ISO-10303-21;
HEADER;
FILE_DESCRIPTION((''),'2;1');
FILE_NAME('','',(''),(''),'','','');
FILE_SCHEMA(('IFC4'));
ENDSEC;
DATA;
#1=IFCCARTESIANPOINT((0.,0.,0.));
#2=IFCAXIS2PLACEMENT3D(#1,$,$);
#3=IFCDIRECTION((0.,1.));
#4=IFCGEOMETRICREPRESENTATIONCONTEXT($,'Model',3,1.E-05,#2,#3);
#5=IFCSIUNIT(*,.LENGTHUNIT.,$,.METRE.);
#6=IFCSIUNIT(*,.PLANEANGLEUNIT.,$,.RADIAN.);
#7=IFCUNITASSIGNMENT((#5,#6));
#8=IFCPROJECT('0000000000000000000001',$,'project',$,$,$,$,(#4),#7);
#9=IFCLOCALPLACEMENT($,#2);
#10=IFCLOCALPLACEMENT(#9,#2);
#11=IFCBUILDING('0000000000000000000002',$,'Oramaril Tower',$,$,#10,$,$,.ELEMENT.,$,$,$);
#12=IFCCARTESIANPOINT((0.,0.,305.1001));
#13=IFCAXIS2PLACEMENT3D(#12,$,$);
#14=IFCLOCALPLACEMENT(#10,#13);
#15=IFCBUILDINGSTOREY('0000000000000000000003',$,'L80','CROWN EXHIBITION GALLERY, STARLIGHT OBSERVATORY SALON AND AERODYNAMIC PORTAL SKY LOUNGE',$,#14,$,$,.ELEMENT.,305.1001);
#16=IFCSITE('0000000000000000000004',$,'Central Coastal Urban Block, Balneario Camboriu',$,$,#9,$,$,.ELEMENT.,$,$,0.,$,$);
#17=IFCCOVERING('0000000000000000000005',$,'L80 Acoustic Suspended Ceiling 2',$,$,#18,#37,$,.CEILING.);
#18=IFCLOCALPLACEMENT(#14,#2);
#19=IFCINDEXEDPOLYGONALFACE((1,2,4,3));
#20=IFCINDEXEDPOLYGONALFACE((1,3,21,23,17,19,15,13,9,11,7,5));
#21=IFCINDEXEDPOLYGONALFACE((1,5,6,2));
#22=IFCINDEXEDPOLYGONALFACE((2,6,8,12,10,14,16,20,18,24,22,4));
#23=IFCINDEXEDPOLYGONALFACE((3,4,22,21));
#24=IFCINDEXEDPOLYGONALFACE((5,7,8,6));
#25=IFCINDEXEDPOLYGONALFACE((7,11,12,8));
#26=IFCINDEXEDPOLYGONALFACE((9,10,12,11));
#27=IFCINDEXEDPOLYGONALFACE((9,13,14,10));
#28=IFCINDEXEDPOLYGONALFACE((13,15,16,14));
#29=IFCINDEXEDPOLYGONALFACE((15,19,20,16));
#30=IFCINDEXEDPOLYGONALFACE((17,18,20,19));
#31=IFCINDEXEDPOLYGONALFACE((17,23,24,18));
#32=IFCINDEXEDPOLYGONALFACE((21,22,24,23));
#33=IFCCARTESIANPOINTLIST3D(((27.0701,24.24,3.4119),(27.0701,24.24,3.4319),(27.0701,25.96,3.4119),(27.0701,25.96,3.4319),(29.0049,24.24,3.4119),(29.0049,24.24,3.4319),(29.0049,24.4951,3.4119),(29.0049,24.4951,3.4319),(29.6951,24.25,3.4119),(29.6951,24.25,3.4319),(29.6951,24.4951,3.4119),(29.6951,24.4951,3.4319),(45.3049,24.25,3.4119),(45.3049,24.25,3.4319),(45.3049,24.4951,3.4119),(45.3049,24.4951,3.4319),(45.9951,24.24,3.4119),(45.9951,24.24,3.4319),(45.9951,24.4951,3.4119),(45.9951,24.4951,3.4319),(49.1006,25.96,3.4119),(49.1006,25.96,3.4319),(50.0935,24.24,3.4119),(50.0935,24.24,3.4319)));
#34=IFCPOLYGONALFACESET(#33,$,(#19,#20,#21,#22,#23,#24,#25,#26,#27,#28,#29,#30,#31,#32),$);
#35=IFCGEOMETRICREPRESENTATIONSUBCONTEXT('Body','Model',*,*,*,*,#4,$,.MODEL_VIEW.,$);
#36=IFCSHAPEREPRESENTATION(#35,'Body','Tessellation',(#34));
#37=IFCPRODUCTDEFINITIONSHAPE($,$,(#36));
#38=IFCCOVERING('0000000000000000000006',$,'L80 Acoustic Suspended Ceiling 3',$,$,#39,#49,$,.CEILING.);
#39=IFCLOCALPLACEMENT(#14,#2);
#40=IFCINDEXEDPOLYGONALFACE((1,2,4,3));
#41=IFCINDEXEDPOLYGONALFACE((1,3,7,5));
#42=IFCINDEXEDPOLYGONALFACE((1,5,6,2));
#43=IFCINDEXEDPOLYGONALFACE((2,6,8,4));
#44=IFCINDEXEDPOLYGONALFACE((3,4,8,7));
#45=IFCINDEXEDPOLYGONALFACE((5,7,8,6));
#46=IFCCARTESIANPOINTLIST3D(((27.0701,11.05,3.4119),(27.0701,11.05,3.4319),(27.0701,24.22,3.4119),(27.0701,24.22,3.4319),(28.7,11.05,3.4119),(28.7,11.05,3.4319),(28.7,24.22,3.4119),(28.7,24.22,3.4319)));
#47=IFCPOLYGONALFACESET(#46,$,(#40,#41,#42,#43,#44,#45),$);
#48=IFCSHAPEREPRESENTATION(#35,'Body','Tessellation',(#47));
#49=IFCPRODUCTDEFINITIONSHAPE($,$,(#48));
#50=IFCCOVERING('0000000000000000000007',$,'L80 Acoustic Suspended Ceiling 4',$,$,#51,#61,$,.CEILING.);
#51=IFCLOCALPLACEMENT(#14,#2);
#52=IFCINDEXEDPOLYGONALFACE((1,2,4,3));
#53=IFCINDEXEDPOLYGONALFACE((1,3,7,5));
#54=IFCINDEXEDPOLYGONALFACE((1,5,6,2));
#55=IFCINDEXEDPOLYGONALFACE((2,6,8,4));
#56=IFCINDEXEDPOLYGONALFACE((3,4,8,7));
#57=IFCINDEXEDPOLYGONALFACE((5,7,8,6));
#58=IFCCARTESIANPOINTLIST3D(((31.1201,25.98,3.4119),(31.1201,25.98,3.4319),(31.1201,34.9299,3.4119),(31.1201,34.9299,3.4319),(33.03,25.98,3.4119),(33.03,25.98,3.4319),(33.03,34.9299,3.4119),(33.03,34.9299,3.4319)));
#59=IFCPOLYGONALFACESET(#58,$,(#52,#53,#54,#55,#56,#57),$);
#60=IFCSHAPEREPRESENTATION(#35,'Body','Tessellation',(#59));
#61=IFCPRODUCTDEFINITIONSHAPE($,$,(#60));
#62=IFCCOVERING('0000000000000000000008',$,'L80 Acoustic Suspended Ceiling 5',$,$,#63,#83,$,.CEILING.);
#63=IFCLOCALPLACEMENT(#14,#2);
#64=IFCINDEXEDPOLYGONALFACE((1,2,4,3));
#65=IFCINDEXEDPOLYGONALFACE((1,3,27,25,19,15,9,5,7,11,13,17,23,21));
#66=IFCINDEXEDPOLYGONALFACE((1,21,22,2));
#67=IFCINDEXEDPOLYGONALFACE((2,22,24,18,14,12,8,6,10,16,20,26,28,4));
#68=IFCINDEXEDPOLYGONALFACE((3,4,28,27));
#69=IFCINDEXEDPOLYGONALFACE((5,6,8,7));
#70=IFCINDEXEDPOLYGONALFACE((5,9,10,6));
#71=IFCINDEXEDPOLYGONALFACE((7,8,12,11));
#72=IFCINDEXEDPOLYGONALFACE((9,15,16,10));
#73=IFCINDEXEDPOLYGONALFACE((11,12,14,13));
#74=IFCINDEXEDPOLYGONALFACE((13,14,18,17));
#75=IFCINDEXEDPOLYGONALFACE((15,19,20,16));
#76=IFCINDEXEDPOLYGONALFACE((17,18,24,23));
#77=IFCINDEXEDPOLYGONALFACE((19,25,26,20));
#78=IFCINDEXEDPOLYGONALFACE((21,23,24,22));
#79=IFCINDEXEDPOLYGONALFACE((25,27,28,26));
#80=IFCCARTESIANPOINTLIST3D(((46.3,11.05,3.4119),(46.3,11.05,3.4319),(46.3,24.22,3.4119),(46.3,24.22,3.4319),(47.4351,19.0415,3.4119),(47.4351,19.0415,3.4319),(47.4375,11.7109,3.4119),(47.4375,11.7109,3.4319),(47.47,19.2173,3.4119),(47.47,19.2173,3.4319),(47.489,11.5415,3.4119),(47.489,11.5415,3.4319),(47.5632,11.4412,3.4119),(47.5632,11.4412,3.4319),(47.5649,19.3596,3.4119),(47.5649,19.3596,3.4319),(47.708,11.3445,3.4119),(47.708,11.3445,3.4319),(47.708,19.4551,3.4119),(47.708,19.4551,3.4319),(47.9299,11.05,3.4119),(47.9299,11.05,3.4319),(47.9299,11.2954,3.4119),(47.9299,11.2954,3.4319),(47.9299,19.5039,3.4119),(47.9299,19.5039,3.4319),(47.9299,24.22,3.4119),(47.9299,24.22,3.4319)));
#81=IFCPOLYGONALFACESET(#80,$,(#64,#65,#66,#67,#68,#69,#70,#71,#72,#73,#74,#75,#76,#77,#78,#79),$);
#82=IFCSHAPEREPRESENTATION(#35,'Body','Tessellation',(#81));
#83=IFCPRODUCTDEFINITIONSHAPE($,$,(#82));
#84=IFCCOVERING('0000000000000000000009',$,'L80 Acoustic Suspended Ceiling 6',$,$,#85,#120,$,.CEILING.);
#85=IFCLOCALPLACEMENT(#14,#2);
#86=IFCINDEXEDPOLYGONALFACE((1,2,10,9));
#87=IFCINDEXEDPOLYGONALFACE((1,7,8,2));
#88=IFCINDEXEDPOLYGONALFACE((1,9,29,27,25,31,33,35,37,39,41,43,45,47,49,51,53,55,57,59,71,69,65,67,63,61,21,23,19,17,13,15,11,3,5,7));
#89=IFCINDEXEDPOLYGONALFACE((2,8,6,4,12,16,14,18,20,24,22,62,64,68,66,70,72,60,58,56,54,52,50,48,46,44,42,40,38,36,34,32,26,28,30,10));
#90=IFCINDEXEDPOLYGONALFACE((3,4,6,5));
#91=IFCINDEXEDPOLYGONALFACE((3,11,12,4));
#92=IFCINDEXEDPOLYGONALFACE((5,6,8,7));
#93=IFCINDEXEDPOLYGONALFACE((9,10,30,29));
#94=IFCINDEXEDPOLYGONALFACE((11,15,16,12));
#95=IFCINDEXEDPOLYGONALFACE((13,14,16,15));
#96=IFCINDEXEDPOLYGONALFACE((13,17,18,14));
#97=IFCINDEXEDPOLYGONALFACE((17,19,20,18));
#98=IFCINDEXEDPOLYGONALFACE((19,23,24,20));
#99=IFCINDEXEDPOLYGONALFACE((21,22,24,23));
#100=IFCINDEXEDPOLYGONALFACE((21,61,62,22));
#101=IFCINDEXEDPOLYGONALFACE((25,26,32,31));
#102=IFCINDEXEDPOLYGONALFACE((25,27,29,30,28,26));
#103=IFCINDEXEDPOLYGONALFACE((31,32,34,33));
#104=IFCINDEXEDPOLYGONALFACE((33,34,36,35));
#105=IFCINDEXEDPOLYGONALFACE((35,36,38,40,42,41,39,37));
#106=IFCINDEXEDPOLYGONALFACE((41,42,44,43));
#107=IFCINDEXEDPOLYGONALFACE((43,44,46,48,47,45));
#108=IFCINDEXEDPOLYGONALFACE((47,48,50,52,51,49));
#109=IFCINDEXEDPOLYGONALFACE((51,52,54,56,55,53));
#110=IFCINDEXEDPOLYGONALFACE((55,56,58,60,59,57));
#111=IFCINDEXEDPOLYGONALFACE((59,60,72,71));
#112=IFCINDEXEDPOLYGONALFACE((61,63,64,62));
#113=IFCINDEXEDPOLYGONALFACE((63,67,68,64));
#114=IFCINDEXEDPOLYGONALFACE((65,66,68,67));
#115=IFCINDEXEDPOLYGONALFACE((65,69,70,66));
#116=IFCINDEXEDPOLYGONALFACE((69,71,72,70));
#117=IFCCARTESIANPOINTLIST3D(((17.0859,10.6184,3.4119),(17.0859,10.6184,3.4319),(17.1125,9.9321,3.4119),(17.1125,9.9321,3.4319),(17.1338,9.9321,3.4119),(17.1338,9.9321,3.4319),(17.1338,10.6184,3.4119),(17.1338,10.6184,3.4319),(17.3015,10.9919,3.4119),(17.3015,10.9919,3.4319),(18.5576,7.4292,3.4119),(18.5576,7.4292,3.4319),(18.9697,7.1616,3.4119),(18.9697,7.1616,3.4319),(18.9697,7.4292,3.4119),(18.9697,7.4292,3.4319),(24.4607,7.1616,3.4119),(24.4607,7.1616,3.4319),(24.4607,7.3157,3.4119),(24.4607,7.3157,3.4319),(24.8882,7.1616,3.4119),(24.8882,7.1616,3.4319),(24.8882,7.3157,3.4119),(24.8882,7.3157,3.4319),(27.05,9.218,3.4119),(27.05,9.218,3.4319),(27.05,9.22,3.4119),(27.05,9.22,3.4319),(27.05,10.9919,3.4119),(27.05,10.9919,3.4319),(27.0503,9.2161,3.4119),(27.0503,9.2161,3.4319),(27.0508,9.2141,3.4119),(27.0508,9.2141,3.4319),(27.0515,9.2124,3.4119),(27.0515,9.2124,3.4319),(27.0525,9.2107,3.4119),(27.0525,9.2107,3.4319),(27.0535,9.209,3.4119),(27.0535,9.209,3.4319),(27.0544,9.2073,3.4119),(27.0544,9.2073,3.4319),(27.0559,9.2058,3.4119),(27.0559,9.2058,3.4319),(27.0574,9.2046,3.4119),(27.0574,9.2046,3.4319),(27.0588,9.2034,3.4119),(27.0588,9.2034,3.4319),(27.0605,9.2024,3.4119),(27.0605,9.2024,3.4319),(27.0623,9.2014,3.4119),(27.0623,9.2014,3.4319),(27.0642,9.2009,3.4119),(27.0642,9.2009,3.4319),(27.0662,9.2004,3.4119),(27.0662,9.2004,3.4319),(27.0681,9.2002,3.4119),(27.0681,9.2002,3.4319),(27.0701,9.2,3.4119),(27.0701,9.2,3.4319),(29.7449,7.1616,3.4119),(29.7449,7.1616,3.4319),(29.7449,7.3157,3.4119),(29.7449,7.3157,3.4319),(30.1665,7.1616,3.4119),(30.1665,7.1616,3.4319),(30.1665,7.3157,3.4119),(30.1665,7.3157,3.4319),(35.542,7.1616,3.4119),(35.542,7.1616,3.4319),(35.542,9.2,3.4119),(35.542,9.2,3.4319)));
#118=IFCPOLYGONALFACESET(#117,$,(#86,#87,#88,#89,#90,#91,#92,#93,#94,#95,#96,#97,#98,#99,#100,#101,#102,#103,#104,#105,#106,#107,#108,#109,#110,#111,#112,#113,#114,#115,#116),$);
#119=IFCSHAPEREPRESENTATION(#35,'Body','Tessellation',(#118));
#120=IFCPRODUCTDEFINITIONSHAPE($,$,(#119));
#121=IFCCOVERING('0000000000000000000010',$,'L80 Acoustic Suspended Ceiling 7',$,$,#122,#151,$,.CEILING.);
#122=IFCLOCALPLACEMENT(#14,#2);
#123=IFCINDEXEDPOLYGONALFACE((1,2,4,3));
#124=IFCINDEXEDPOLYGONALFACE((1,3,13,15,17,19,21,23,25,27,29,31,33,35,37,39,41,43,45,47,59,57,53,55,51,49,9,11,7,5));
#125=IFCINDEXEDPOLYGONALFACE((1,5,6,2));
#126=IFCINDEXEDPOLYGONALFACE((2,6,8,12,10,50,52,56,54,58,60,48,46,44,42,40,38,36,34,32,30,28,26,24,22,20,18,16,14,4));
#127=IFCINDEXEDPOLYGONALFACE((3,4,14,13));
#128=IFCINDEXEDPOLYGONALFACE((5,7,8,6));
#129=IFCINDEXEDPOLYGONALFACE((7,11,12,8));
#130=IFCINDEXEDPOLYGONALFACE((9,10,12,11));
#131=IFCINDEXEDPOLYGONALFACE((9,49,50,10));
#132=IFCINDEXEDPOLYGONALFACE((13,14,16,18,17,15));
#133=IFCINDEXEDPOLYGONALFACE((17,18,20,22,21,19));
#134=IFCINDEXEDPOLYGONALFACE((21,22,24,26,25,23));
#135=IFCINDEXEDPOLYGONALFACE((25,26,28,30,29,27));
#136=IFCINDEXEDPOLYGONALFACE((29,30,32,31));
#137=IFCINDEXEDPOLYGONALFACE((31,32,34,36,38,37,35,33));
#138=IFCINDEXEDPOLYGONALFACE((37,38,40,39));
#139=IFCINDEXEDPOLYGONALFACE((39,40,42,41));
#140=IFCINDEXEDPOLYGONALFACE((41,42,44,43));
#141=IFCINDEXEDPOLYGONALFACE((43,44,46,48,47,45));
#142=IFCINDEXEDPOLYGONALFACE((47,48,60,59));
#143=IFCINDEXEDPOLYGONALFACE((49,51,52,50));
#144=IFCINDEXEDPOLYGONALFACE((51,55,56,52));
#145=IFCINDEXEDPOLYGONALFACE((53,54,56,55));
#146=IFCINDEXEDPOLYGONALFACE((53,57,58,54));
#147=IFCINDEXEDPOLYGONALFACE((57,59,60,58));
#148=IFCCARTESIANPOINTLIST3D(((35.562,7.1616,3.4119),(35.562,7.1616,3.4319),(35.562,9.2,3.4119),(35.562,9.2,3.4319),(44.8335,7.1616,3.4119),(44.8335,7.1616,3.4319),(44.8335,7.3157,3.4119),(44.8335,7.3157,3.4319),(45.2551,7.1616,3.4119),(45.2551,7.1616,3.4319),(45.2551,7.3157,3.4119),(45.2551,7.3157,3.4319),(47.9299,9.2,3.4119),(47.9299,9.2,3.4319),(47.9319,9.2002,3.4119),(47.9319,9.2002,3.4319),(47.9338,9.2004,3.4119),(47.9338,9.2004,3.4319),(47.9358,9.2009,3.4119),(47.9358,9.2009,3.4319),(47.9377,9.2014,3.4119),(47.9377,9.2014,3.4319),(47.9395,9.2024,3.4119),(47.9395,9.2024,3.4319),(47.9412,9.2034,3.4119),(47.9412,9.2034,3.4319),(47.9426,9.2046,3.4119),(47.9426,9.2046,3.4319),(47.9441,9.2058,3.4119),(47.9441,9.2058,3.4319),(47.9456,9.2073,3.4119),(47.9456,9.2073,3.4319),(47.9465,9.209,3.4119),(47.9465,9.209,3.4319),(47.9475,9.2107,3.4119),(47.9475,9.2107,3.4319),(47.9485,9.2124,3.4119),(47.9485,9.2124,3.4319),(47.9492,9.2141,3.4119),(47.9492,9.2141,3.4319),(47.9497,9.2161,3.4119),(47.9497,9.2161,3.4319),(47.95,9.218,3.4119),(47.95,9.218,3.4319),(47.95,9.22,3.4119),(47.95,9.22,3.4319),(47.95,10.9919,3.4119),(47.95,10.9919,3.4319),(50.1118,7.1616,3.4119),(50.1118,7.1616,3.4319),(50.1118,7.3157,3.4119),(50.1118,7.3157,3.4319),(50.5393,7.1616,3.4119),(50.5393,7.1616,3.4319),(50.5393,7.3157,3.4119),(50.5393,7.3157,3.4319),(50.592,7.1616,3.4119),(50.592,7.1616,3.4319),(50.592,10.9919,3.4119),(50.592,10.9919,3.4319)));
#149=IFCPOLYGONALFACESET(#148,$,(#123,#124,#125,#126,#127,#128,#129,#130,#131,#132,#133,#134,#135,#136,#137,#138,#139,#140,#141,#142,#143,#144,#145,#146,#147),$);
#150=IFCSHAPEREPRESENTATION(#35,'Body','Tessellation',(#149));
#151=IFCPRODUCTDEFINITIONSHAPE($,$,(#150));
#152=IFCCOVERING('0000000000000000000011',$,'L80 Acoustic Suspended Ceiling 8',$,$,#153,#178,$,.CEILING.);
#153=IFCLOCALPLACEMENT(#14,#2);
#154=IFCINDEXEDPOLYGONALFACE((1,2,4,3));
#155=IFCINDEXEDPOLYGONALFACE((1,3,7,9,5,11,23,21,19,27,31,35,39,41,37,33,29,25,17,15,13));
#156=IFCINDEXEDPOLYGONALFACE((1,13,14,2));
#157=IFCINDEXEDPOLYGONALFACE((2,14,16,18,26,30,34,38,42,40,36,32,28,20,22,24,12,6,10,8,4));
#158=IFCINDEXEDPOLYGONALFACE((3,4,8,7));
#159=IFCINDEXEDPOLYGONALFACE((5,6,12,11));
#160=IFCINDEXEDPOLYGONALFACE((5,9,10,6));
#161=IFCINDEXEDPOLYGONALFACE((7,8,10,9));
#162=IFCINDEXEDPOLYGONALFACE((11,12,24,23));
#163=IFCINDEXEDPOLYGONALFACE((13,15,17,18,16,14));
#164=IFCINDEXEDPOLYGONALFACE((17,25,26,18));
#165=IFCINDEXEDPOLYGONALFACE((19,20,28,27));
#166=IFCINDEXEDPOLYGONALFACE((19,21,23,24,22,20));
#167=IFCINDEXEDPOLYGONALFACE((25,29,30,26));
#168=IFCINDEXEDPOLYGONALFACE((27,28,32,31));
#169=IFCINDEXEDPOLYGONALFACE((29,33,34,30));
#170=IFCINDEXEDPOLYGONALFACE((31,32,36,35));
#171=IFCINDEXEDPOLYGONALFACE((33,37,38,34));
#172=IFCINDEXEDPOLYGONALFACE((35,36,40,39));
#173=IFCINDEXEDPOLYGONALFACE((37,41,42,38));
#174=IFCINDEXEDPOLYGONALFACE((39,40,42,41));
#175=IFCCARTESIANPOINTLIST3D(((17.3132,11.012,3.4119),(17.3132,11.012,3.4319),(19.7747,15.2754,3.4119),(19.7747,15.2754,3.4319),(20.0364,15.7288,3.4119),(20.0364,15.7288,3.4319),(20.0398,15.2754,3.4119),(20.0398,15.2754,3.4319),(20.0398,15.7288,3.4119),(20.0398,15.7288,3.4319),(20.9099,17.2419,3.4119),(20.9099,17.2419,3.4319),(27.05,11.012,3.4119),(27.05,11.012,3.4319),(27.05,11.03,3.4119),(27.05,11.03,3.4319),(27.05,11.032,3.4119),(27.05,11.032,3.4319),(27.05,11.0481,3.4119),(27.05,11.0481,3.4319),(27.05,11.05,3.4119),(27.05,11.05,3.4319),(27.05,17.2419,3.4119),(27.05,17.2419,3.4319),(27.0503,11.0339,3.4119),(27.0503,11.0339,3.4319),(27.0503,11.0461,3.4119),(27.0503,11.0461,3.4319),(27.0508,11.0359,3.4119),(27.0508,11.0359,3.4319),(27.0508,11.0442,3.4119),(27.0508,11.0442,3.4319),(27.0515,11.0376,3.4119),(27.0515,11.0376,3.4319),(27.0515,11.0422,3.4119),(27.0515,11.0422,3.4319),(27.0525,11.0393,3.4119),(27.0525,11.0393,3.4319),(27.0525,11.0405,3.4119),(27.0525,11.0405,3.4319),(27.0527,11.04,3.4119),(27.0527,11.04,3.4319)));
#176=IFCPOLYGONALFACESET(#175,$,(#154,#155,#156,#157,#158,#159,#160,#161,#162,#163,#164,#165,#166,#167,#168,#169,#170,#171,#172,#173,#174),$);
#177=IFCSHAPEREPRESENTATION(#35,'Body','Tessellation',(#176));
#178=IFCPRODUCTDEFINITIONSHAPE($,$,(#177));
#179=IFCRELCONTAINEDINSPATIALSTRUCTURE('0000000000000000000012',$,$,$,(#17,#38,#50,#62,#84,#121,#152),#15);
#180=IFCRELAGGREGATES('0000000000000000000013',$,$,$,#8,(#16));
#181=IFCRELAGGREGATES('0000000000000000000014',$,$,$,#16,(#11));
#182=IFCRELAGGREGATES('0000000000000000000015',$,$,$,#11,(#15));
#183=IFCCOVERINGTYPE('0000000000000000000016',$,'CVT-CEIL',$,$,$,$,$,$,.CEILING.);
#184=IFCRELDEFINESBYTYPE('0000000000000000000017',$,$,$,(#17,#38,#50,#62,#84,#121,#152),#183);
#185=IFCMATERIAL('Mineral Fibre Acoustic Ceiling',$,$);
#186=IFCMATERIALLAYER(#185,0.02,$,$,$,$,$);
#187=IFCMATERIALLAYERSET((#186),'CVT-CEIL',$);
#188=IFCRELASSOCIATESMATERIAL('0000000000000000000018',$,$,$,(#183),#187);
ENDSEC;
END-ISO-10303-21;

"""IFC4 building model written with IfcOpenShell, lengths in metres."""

from ifc_helpers import new_model, si_unit, direction, frame, origin, place, context, subcontext, project, spatial, polyline, outline, extrude, material, layer, layer_set, type_object, element, save


model = new_model("IFC4")

# Units and contexts
model_context = context("Model", 3, precision=1e-05, world=origin(), true_north=direction((0.0, 1.0)))
body_context = subcontext(model_context, "Body", "Model", "MODEL_VIEW")
ifc_project = project(units=[si_unit("LENGTHUNIT", "METRE"), si_unit("PLANEANGLEUNIT", "RADIAN")], contexts=[model_context])

# Site, building, storey
site_placement = place(None, origin())
site = spatial("IfcSite", under=ifc_project, at=site_placement, Name="Central Coastal Urban Block, Balneario Camboriu", CompositionType="ELEMENT", RefElevation=0.0)
building_placement = place(site_placement, origin())
building = spatial("IfcBuilding", under=site, at=building_placement, Name="Oramaril Tower", CompositionType="ELEMENT")
storey_placement = place(building_placement, frame((0.0, 0.0, 305.1001)))
storey = spatial("IfcBuildingStorey", under=building, at=storey_placement, Name="L80", Description="CROWN EXHIBITION GALLERY, STARLIGHT OBSERVATORY SALON AND AERODYNAMIC PORTAL SKY LOUNGE", CompositionType="ELEMENT", Elevation=305.1001)

# Coverings
ifc_material_1 = material(Name="Mineral Fibre Acoustic Ceiling")
ifc_layer_1 = layer(ifc_material_1, 0.02)
ifc_layer_set_1 = layer_set([ifc_layer_1], Name="CVT-CEIL")
covering_type_1 = type_object("IfcCoveringType", Name="CVT-CEIL", PredefinedType="CEILING", material=ifc_layer_set_1)
covering_1_placement = place(storey_placement, frame((0.0, 0.0, 3.4119)))
element("IfcCovering", 1, at=covering_1_placement, inside=storey, type_object=covering_type_1, Name="L80 Acoustic Suspended Ceiling 2", PredefinedType="CEILING", context=body_context, shape_type="SweptSolid", body=[
    extrude(outline(polyline([(27.0701, 25.96), (49.1006, 25.96), (50.0935, 24.24), (45.9951, 24.24), (45.9951, 24.4951), (45.3049, 24.4951), (45.3049, 24.25), (29.6951, 24.25), (29.6951, 24.4951), (29.0049, 24.4951), (29.0049, 24.24), (27.0701, 24.24), (27.0701, 25.96)])), origin(), (0.0, 0.0, 1.0), 0.02),
])
covering_2_placement = place(storey_placement, frame((0.0, 0.0, 3.4119)))
element("IfcCovering", 2, at=covering_2_placement, inside=storey, type_object=covering_type_1, Name="L80 Acoustic Suspended Ceiling 3", PredefinedType="CEILING", context=body_context, shape_type="SweptSolid", body=[
    extrude(outline(polyline([(28.7, 11.05), (27.0701, 11.05), (27.0701, 24.22), (28.7, 24.22), (28.7, 11.05)])), origin(), (0.0, 0.0, 1.0), 0.02),
])
covering_3_placement = place(storey_placement, frame((0.0, 0.0, 3.4119)))
element("IfcCovering", 3, at=covering_3_placement, inside=storey, type_object=covering_type_1, Name="L80 Acoustic Suspended Ceiling 4", PredefinedType="CEILING", context=body_context, shape_type="SweptSolid", body=[
    extrude(outline(polyline([(33.03, 34.9299), (33.03, 25.98), (31.1201, 25.98), (31.1201, 34.9299), (33.03, 34.9299)])), origin(), (0.0, 0.0, 1.0), 0.02),
])
covering_4_placement = place(storey_placement, frame((0.0, 0.0, 3.4119)))
element("IfcCovering", 4, at=covering_4_placement, inside=storey, type_object=covering_type_1, Name="L80 Acoustic Suspended Ceiling 5", PredefinedType="CEILING", context=body_context, shape_type="SweptSolid", body=[
    extrude(outline(polyline([(47.9299, 19.5039), (47.708, 19.4551), (47.5649, 19.3596), (47.47, 19.2173), (47.4351, 19.0415), (47.4375, 11.7109), (47.489, 11.5415), (47.5632, 11.4412), (47.708, 11.3445), (47.9299, 11.2954), (47.9299, 11.05), (46.3, 11.05), (46.3, 24.22), (47.9299, 24.22), (47.9299, 19.5039)])), origin(), (0.0, 0.0, 1.0), 0.02),
])
covering_5_placement = place(storey_placement, frame((0.0, 0.0, 3.4119)))
element("IfcCovering", 5, at=covering_5_placement, inside=storey, type_object=covering_type_1, Name="L80 Acoustic Suspended Ceiling 6", PredefinedType="CEILING", context=body_context, shape_type="SweptSolid", body=[
    extrude(outline(polyline([(35.542, 7.1616), (30.1665, 7.1616), (30.1665, 7.3157), (29.7449, 7.3157), (29.7449, 7.1616), (24.8882, 7.1616), (24.8882, 7.3157), (24.4607, 7.3157), (24.4607, 7.1616), (18.9697, 7.1616), (18.9697, 7.4292), (18.5576, 7.4292), (17.1125, 9.9321), (17.1338, 9.9321), (17.1338, 10.6184), (17.0859, 10.6184), (17.3015, 10.9919), (27.05, 10.9919), (27.05, 9.22), (27.05, 9.218), (27.0503, 9.2161), (27.0508, 9.2141), (27.0515, 9.2124), (27.0525, 9.2107), (27.0535, 9.209), (27.0544, 9.2073), (27.0559, 9.2058), (27.0574, 9.2046), (27.0588, 9.2034), (27.0605, 9.2024), (27.0623, 9.2014), (27.0642, 9.2009), (27.0662, 9.2004), (27.0681, 9.2002), (27.0701, 9.2), (35.542, 9.2), (35.542, 7.1616)])), origin(), (0.0, 0.0, 1.0), 0.02),
])
covering_6_placement = place(storey_placement, frame((0.0, 0.0, 3.4119)))
element("IfcCovering", 6, at=covering_6_placement, inside=storey, type_object=covering_type_1, Name="L80 Acoustic Suspended Ceiling 7", PredefinedType="CEILING", context=body_context, shape_type="SweptSolid", body=[
    extrude(outline(polyline([(50.592, 7.1616), (50.5393, 7.1616), (50.5393, 7.3157), (50.1118, 7.3157), (50.1118, 7.1616), (45.2551, 7.1616), (45.2551, 7.3157), (44.8335, 7.3157), (44.8335, 7.1616), (35.562, 7.1616), (35.562, 9.2), (47.9299, 9.2), (47.9319, 9.2002), (47.9338, 9.2004), (47.9358, 9.2009), (47.9377, 9.2014), (47.9395, 9.2024), (47.9412, 9.2034), (47.9426, 9.2046), (47.9441, 9.2058), (47.9456, 9.2073), (47.9465, 9.209), (47.9475, 9.2107), (47.9485, 9.2124), (47.9492, 9.2141), (47.9497, 9.2161), (47.95, 9.218), (47.95, 9.22), (47.95, 10.9919), (50.592, 10.9919), (50.592, 7.1616)])), origin(), (0.0, 0.0, 1.0), 0.02),
])
covering_7_placement = place(storey_placement, frame((0.0, 0.0, 3.4119)))
element("IfcCovering", 7, at=covering_7_placement, inside=storey, type_object=covering_type_1, Name="L80 Acoustic Suspended Ceiling 8", PredefinedType="CEILING", context=body_context, shape_type="SweptSolid", body=[
    extrude(outline(polyline([(19.7747, 15.2754), (20.0398, 15.2754), (20.0398, 15.7288), (20.0364, 15.7288), (20.9099, 17.2419), (27.05, 17.2419), (27.05, 11.05), (27.05, 11.0481), (27.0503, 11.0461), (27.0508, 11.0442), (27.0515, 11.0422), (27.0525, 11.0405), (27.0527, 11.04), (27.0525, 11.0393), (27.0515, 11.0376), (27.0508, 11.0359), (27.0503, 11.0339), (27.05, 11.032), (27.05, 11.03), (27.05, 11.012), (17.3132, 11.012), (19.7747, 15.2754)])), origin(), (0.0, 0.0, 1.0), 0.02),
])

save(model, "model.ifc")
